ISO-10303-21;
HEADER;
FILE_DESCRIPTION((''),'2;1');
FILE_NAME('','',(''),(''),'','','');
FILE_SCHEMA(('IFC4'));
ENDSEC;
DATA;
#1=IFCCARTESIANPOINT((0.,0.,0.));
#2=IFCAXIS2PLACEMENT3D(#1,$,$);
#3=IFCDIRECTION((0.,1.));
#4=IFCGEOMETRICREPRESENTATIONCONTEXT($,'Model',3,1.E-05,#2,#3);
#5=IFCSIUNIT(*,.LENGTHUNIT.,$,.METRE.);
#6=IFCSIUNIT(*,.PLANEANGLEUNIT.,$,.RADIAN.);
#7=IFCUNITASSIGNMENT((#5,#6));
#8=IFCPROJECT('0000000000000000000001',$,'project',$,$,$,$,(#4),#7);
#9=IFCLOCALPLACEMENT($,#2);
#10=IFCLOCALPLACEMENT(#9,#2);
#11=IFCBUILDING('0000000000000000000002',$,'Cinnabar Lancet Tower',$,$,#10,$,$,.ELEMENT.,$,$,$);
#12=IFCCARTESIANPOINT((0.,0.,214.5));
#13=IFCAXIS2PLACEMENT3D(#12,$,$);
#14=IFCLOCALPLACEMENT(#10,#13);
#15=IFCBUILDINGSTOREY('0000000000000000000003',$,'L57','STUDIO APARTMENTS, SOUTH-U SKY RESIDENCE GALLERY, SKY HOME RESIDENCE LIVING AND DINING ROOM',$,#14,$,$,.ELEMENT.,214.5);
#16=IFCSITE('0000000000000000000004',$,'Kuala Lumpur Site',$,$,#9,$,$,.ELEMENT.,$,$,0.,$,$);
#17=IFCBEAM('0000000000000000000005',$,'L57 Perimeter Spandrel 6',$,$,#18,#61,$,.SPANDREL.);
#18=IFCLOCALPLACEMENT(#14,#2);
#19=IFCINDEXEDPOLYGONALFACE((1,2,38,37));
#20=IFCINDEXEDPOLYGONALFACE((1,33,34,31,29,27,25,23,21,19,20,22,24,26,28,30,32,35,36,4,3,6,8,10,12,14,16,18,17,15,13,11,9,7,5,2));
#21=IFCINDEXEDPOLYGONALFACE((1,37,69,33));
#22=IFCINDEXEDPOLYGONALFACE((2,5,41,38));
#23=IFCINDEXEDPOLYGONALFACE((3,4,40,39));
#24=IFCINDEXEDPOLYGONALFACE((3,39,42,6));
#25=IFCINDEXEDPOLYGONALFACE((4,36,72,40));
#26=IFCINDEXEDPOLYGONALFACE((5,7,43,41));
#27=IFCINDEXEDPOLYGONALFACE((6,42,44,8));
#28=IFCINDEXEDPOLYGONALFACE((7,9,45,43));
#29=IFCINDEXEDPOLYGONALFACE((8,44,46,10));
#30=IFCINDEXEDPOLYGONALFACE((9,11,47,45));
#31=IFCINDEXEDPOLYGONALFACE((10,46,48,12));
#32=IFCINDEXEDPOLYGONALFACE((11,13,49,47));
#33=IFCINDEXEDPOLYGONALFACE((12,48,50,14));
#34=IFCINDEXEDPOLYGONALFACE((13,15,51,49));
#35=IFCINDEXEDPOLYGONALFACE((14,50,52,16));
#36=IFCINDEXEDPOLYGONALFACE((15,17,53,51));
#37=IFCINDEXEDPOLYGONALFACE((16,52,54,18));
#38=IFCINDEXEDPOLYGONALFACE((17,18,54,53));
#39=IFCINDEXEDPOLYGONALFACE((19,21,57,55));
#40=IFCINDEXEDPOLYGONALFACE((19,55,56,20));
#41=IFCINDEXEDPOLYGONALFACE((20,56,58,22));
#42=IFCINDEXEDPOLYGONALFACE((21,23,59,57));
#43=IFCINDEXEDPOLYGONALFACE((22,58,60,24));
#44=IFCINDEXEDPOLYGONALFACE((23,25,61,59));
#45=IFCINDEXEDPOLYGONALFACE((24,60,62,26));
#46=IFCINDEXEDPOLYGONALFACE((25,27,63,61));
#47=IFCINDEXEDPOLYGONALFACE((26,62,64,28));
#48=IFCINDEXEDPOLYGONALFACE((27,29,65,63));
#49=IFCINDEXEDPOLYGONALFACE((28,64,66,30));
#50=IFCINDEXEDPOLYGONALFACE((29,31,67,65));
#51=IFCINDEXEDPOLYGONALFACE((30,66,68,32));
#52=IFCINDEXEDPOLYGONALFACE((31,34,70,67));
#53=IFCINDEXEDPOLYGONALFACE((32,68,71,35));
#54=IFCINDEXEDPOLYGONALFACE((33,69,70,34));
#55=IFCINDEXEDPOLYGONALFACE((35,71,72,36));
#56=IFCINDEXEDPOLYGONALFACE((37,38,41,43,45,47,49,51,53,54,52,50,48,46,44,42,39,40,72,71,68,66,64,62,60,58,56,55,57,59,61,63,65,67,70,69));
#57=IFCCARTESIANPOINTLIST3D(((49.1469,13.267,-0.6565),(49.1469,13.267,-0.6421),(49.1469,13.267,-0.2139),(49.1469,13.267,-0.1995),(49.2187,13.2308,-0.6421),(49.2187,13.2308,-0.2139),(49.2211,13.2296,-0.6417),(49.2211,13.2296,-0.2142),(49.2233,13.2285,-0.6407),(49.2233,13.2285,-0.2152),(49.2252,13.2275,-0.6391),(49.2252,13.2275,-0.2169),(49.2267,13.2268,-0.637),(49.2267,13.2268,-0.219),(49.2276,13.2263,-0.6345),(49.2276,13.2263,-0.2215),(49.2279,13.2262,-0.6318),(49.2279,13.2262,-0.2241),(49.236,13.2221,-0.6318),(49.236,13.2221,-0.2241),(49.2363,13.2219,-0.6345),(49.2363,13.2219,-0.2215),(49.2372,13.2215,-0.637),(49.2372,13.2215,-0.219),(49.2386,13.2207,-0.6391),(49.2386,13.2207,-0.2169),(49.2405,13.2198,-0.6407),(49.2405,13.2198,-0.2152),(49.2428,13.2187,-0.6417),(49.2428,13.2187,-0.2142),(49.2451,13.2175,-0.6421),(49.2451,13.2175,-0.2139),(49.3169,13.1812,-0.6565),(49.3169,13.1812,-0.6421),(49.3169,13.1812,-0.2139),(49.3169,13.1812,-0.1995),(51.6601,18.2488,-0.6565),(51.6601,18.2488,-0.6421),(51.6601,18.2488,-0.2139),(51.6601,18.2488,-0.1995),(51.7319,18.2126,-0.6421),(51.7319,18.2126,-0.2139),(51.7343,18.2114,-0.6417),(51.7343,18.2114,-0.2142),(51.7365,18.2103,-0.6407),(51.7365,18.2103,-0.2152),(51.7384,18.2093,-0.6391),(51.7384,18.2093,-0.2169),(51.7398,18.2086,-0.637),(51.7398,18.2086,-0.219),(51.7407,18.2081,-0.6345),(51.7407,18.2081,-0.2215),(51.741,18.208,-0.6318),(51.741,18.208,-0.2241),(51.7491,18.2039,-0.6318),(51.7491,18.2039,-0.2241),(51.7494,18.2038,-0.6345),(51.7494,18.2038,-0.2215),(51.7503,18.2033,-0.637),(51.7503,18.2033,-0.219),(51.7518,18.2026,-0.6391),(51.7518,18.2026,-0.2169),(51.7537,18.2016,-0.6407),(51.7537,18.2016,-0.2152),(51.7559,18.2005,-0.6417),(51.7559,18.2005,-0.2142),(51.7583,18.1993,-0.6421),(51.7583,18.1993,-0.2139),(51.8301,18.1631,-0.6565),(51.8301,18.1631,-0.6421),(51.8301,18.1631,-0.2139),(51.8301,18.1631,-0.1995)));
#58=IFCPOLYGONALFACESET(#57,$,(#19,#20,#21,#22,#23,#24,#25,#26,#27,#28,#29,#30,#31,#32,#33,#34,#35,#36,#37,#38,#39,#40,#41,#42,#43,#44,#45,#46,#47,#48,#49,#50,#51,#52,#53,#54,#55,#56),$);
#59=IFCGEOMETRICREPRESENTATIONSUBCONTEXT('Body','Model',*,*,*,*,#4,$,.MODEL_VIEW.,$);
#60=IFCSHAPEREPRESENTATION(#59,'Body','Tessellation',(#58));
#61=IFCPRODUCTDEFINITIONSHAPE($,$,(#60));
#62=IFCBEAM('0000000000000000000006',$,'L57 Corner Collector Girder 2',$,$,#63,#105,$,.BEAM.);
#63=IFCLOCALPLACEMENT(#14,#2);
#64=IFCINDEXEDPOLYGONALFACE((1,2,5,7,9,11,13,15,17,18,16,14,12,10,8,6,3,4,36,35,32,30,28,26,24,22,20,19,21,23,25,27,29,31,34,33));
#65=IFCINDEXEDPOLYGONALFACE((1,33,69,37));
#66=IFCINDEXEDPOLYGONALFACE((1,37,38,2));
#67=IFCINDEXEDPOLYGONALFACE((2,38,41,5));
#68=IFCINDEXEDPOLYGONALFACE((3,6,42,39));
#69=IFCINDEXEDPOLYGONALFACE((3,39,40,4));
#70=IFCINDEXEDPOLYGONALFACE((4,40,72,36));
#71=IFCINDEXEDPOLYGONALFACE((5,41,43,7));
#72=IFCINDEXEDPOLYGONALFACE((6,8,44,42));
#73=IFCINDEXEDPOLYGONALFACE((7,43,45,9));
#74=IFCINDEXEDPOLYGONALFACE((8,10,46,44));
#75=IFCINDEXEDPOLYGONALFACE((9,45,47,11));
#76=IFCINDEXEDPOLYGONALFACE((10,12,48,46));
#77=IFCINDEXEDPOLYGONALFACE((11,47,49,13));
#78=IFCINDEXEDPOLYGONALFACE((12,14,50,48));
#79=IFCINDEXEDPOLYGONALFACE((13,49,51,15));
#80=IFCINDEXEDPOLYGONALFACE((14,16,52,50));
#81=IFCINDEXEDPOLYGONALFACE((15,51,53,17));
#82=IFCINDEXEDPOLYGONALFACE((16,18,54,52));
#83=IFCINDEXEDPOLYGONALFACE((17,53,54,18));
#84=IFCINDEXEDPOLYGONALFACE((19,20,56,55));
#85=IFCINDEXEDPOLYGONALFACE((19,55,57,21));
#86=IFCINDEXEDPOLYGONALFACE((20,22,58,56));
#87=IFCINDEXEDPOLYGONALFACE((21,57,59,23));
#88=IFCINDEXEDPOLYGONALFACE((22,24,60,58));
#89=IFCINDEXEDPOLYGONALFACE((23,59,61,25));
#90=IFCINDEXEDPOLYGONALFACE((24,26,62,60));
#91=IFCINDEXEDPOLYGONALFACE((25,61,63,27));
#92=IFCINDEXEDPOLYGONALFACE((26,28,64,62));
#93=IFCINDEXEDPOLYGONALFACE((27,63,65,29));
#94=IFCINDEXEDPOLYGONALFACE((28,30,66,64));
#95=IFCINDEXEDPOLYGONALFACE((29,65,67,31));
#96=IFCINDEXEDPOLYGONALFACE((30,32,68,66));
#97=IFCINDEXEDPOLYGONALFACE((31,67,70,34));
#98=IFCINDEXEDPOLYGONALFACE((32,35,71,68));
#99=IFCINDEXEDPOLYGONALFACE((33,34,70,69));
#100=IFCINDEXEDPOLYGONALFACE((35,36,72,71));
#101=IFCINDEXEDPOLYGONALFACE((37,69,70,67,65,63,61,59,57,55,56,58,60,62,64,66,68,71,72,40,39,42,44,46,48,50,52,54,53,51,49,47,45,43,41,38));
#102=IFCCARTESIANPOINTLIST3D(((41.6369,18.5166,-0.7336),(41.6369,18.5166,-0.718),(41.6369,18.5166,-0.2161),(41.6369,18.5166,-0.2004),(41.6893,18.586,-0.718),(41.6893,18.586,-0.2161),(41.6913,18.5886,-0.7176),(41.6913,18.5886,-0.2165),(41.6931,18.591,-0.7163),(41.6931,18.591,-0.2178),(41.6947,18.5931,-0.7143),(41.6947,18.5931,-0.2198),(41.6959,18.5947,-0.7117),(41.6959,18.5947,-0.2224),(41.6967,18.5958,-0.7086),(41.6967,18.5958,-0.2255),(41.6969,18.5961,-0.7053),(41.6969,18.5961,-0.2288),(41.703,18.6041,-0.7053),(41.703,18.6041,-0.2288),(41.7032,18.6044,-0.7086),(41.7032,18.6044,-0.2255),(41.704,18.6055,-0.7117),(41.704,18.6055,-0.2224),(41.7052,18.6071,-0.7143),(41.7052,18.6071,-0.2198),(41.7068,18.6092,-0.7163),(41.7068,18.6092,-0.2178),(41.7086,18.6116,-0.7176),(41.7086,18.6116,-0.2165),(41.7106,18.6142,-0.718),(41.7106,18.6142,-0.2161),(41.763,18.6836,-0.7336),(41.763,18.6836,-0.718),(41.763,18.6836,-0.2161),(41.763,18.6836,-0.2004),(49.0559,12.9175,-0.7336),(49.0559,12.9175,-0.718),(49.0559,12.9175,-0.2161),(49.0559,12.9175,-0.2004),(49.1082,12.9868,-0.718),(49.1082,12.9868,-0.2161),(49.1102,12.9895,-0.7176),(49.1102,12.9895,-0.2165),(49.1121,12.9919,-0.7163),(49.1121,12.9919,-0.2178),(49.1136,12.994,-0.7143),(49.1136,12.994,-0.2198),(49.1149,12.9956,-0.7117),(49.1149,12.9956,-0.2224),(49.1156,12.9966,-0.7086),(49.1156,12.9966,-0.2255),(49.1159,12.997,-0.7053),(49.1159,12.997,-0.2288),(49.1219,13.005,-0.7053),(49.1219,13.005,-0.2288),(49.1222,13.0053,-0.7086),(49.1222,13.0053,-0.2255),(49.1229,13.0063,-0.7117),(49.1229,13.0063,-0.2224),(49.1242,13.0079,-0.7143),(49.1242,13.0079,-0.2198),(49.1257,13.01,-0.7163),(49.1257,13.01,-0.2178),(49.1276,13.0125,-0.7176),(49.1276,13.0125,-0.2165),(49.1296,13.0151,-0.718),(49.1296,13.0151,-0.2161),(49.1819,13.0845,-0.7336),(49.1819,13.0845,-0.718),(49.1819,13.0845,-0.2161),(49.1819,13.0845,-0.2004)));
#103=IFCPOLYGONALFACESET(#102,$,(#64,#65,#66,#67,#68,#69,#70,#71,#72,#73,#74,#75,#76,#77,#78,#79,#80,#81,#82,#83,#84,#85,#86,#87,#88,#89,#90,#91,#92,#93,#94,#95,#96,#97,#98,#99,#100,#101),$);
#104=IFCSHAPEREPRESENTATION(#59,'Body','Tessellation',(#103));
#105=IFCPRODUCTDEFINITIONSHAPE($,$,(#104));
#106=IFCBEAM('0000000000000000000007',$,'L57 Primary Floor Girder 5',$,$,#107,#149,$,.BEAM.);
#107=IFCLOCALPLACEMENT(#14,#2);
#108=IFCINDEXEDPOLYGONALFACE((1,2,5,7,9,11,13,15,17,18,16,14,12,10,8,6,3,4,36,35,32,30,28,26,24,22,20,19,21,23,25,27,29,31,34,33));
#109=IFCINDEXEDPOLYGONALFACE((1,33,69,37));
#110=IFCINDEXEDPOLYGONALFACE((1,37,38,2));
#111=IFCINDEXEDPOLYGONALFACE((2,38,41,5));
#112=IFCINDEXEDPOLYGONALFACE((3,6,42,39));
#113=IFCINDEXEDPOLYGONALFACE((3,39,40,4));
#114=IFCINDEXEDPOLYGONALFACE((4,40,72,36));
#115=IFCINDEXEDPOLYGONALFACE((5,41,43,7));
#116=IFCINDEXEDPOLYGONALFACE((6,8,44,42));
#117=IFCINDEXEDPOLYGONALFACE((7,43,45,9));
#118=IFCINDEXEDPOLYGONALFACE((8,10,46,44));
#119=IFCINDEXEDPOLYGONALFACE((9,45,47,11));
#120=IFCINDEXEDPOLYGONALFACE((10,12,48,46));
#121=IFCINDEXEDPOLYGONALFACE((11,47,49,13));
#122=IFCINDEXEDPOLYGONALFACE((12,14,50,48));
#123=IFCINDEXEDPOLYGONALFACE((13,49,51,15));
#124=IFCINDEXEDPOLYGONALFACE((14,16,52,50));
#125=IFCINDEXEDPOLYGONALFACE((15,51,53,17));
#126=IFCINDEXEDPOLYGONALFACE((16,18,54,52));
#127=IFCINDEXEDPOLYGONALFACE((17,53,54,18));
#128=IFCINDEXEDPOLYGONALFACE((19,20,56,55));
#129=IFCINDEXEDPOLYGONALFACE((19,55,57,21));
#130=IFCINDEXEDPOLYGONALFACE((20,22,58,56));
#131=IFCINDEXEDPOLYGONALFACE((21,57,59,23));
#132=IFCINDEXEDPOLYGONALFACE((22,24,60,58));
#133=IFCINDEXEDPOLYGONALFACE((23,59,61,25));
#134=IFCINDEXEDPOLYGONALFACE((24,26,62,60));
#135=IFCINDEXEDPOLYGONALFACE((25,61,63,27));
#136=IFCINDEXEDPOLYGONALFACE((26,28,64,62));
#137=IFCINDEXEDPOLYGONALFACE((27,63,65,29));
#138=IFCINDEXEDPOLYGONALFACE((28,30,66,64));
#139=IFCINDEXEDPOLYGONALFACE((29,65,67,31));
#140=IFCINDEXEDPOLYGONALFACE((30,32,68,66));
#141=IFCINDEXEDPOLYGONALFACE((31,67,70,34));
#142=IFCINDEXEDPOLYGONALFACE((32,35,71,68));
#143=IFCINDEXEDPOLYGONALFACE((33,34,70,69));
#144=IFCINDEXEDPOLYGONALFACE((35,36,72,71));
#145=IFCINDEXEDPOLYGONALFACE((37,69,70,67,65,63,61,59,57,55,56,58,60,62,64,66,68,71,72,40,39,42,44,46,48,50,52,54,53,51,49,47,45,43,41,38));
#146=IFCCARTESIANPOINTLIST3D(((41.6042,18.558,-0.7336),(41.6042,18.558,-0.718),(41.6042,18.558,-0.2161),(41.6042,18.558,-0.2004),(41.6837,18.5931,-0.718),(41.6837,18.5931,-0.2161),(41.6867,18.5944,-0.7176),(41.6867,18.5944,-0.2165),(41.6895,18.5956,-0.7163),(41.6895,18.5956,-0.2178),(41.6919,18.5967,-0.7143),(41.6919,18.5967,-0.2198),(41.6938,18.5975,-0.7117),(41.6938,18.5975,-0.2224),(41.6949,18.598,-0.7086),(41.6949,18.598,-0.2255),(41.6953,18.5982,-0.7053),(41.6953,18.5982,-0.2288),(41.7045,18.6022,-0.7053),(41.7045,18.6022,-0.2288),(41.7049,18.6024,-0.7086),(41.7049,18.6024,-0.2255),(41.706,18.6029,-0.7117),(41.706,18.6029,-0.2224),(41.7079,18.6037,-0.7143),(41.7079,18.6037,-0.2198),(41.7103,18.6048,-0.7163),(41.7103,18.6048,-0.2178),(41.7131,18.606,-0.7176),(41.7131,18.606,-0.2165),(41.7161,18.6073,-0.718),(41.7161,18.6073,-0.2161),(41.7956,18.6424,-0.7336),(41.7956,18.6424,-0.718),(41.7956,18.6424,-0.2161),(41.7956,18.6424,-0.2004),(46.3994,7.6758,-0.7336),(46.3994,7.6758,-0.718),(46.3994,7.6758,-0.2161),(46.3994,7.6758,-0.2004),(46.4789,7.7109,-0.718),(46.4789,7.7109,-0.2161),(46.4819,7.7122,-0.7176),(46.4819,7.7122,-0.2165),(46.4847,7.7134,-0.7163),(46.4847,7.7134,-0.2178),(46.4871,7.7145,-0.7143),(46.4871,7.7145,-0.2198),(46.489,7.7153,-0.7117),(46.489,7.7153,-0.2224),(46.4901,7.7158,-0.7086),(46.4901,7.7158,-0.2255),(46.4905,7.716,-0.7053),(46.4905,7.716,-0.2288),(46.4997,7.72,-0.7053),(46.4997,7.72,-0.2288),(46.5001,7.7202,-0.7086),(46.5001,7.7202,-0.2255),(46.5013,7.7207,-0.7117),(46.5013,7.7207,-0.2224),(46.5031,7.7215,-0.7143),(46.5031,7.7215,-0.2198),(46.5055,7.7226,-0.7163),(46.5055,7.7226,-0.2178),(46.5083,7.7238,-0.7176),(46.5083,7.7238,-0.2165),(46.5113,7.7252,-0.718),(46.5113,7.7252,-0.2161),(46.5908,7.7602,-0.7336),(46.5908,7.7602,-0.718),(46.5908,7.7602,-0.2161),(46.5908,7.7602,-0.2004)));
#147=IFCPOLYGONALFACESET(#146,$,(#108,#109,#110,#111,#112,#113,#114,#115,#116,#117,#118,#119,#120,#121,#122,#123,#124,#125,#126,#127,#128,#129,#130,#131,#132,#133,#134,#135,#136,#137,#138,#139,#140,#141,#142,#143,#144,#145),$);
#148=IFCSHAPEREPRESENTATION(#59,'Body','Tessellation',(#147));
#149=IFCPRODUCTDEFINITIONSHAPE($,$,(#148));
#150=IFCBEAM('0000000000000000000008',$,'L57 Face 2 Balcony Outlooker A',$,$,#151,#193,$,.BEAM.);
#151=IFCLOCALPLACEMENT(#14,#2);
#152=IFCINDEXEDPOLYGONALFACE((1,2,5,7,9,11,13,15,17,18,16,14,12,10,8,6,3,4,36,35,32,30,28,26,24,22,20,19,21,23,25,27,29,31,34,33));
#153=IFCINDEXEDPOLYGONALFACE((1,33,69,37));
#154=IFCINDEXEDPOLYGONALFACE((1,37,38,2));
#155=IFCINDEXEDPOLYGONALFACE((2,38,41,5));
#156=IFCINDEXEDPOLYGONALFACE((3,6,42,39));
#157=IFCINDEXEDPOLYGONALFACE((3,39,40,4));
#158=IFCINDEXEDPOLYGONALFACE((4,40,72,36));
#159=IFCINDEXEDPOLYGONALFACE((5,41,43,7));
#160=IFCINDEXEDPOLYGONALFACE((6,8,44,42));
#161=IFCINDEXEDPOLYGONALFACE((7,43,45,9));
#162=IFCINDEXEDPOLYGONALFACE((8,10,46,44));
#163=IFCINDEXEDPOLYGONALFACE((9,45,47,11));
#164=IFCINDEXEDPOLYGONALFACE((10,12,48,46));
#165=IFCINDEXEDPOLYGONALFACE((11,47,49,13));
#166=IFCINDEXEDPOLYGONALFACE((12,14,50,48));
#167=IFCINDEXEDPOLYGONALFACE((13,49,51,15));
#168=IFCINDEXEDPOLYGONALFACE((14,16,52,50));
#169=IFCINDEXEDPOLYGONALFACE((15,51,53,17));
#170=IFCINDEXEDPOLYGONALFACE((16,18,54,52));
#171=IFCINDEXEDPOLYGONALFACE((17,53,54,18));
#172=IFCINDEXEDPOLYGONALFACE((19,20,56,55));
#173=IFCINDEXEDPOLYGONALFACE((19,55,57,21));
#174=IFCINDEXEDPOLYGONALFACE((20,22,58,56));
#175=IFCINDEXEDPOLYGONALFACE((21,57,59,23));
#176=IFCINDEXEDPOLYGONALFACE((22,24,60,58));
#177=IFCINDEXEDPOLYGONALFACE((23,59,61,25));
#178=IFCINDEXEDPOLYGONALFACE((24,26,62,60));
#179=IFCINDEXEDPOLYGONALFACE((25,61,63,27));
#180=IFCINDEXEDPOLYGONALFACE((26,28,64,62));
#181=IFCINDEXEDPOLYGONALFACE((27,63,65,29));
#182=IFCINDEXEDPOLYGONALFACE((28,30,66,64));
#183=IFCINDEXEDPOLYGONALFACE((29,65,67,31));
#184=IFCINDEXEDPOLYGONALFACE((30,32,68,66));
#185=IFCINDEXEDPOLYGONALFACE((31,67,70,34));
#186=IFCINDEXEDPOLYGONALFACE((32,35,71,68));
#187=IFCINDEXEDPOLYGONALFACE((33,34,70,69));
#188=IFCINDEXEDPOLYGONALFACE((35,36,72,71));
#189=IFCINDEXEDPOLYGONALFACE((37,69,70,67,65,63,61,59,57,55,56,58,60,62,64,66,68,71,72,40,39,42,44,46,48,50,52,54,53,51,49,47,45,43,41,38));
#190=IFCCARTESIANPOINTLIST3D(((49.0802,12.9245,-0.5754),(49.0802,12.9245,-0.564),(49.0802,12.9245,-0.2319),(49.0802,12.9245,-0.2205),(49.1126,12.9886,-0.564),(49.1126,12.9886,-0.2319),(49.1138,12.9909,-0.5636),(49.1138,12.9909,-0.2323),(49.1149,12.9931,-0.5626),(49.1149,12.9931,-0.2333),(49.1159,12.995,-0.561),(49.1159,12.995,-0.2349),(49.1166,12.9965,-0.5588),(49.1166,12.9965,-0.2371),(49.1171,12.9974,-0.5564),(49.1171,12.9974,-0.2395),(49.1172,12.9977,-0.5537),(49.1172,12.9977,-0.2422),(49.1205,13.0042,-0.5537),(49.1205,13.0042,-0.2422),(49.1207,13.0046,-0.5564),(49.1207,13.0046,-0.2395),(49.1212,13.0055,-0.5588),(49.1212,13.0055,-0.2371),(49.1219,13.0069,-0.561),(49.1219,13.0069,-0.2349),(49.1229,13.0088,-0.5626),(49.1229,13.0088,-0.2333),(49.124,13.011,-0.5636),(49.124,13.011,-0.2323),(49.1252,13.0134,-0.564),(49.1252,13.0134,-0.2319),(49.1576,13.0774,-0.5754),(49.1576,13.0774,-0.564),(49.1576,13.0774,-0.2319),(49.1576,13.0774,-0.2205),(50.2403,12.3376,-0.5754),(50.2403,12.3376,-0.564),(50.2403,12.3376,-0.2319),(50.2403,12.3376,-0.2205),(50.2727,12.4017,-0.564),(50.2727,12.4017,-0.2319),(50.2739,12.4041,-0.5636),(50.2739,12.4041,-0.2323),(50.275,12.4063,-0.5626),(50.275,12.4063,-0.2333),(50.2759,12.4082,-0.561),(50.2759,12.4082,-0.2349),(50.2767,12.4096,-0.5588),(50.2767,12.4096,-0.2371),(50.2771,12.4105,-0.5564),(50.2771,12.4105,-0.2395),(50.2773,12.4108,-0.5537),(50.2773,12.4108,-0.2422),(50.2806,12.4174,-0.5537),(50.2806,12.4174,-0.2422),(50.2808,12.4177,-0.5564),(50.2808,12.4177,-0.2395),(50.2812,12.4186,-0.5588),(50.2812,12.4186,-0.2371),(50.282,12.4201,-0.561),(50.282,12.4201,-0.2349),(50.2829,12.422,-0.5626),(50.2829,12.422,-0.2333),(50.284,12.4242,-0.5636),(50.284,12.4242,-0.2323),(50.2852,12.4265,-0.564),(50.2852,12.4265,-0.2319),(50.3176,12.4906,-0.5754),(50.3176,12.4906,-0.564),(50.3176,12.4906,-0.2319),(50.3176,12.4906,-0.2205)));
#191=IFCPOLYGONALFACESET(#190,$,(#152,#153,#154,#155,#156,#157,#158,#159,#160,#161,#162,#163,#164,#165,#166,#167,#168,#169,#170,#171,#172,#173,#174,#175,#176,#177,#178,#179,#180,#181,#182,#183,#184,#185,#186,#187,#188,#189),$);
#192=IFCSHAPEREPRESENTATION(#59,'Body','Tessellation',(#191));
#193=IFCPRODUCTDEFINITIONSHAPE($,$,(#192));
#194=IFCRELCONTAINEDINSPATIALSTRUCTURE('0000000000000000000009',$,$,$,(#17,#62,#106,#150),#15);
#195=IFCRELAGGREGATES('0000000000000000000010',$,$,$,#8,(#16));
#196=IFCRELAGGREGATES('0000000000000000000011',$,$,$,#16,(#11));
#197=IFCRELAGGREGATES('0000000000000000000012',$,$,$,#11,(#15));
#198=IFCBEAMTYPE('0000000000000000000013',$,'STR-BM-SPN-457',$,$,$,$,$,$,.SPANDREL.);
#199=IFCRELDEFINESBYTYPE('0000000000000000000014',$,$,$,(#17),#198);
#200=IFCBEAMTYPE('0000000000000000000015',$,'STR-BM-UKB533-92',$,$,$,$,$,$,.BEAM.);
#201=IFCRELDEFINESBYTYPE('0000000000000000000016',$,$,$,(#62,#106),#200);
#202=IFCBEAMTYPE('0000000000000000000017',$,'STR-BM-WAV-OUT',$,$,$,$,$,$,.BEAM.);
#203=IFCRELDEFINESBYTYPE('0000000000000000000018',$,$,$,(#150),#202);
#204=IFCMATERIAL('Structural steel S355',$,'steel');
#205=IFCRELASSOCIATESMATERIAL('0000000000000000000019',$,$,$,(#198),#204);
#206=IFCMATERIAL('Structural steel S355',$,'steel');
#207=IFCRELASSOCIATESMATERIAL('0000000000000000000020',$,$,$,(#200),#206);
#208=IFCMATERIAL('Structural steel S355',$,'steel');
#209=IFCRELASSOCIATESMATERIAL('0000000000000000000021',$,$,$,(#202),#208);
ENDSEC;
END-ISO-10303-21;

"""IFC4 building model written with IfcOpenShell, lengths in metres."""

from ifc_helpers import new_model, si_unit, direction, frame, origin, origin_2d, place, context, subcontext, project, spatial, i_section, extrude, material, material_profile, profile_set, type_object, element, save


model = new_model("IFC4")

# Units and contexts
model_context = context("Model", 3, precision=1e-05, world=origin(), true_north=direction((0.0, 1.0)))
body_context = subcontext(model_context, "Body", "Model", "MODEL_VIEW")
ifc_project = project(units=[si_unit("LENGTHUNIT", "METRE"), si_unit("PLANEANGLEUNIT", "RADIAN")], contexts=[model_context])

# Site, building, storey
site_placement = place(None, origin())
site = spatial("IfcSite", under=ifc_project, at=site_placement, Name="Kuala Lumpur Site", CompositionType="ELEMENT", RefElevation=0.0)
building_placement = place(site_placement, origin())
building = spatial("IfcBuilding", under=site, at=building_placement, Name="Cinnabar Lancet Tower", CompositionType="ELEMENT")
storey_placement = place(building_placement, frame((0.0, 0.0, 214.5)))
storey = spatial("IfcBuildingStorey", under=building, at=storey_placement, Name="L57", Description="STUDIO APARTMENTS, SOUTH-U SKY RESIDENCE GALLERY, SKY HOME RESIDENCE LIVING AND DINING ROOM", CompositionType="ELEMENT", Elevation=214.5)

# Beams
ifc_material_1 = material(Name="Structural steel S355", Category="steel")
ifc_material_profile_1 = material_profile(ifc_material_1, i_section(OverallWidth=0.1904, OverallDepth=0.457, WebThickness=0.009, FlangeThickness=0.0144, FilletRadius=0.0103, at=origin_2d()), Name="UKB 457x191x74")
ifc_profile_set_1 = profile_set([ifc_material_profile_1], Name="Structural steel S355")
beam_type_1 = type_object("IfcBeamType", Name="STR-BM-SPN-457", PredefinedType="SPANDREL", material=ifc_profile_set_1)
beam_1_placement = place(storey_placement, frame((49.2319, 13.2241, -0.428), z_axis=(0.450396, 0.892829, 0.0), x_axis=(-0.892829, 0.450396, 0.0)))
element("IfcBeam", 1, at=beam_1_placement, inside=storey, type_object=beam_type_1, Name="L57 Perimeter Spandrel 6", PredefinedType="SPANDREL", context=body_context, shape_type="SweptSolid", body=[
    extrude(i_section(OverallWidth=0.1904, OverallDepth=0.457, WebThickness=0.009, FlangeThickness=0.0144, FilletRadius=0.0103, at=origin_2d()), origin(), (0.0, 0.0, 1.0), 5.5798),
])
ifc_material_2 = material(Name="Structural steel S355", Category="steel")
ifc_material_profile_2 = material_profile(ifc_material_2, i_section(OverallWidth=0.2092, OverallDepth=0.5332, WebThickness=0.01, FlangeThickness=0.0156, FilletRadius=0.0127, at=origin_2d()), Name="UKB 533x210x92")
ifc_profile_set_2 = profile_set([ifc_material_profile_2], Name="Structural steel S355")
beam_type_2 = type_object("IfcBeamType", Name="STR-BM-UKB533-92", PredefinedType="BEAM", material=ifc_profile_set_2)
beam_2_placement = place(storey_placement, frame((49.1189, 13.001, -0.467), z_axis=(-0.798193, 0.602401, 0.0), x_axis=(-0.602401, -0.798193, 0.0)))
element("IfcBeam", 2, at=beam_2_placement, inside=storey, type_object=beam_type_2, Name="L57 Corner Collector Girder 2", PredefinedType="BEAM", context=body_context, shape_type="SweptSolid", body=[
    extrude(i_section(OverallWidth=0.2092, OverallDepth=0.5332, WebThickness=0.01, FlangeThickness=0.0156, FilletRadius=0.0127, at=origin_2d()), origin(), (0.0, 0.0, 1.0), 9.2947),
])
beam_3_placement = place(storey_placement, frame((46.4951, 7.718, -0.467), z_axis=(-0.403235, 0.915096, 0.0), x_axis=(-0.915096, -0.403235, 0.0)))
element("IfcBeam", 3, at=beam_3_placement, inside=storey, type_object=beam_type_2, Name="L57 Primary Floor Girder 5", PredefinedType="BEAM", context=body_context, shape_type="SweptSolid", body=[
    extrude(i_section(OverallWidth=0.2092, OverallDepth=0.5332, WebThickness=0.01, FlangeThickness=0.0156, FilletRadius=0.0127, at=origin_2d()), origin(), (0.0, 0.0, 1.0), 11.8918),
])
ifc_material_3 = material(Name="Structural steel S355", Category="steel")
ifc_material_profile_3 = material_profile(ifc_material_3, i_section(OverallWidth=0.1714, OverallDepth=0.355, WebThickness=0.0073, FlangeThickness=0.0115, FilletRadius=0.0103, at=origin_2d()), Name="UKB 356x171x51")
ifc_profile_set_3 = profile_set([ifc_material_profile_3], Name="Structural steel S355")
beam_type_3 = type_object("IfcBeamType", Name="STR-BM-WAV-OUT", PredefinedType="BEAM", material=ifc_profile_set_3)
beam_4_placement = place(storey_placement, frame((49.1189, 13.001, -0.3979), z_axis=(0.892314, -0.451415, 0.0), x_axis=(0.451415, 0.892314, 0.0)))
element("IfcBeam", 4, at=beam_4_placement, inside=storey, type_object=beam_type_3, Name="L57 Face 2 Balcony Outlooker A", PredefinedType="BEAM", context=body_context, shape_type="SweptSolid", body=[
    extrude(i_section(OverallWidth=0.1714, OverallDepth=0.355, WebThickness=0.0073, FlangeThickness=0.0115, FilletRadius=0.0103, at=origin_2d()), origin(), (0.0, 0.0, 1.0), 1.3),
])

save(model, "model.ifc")
